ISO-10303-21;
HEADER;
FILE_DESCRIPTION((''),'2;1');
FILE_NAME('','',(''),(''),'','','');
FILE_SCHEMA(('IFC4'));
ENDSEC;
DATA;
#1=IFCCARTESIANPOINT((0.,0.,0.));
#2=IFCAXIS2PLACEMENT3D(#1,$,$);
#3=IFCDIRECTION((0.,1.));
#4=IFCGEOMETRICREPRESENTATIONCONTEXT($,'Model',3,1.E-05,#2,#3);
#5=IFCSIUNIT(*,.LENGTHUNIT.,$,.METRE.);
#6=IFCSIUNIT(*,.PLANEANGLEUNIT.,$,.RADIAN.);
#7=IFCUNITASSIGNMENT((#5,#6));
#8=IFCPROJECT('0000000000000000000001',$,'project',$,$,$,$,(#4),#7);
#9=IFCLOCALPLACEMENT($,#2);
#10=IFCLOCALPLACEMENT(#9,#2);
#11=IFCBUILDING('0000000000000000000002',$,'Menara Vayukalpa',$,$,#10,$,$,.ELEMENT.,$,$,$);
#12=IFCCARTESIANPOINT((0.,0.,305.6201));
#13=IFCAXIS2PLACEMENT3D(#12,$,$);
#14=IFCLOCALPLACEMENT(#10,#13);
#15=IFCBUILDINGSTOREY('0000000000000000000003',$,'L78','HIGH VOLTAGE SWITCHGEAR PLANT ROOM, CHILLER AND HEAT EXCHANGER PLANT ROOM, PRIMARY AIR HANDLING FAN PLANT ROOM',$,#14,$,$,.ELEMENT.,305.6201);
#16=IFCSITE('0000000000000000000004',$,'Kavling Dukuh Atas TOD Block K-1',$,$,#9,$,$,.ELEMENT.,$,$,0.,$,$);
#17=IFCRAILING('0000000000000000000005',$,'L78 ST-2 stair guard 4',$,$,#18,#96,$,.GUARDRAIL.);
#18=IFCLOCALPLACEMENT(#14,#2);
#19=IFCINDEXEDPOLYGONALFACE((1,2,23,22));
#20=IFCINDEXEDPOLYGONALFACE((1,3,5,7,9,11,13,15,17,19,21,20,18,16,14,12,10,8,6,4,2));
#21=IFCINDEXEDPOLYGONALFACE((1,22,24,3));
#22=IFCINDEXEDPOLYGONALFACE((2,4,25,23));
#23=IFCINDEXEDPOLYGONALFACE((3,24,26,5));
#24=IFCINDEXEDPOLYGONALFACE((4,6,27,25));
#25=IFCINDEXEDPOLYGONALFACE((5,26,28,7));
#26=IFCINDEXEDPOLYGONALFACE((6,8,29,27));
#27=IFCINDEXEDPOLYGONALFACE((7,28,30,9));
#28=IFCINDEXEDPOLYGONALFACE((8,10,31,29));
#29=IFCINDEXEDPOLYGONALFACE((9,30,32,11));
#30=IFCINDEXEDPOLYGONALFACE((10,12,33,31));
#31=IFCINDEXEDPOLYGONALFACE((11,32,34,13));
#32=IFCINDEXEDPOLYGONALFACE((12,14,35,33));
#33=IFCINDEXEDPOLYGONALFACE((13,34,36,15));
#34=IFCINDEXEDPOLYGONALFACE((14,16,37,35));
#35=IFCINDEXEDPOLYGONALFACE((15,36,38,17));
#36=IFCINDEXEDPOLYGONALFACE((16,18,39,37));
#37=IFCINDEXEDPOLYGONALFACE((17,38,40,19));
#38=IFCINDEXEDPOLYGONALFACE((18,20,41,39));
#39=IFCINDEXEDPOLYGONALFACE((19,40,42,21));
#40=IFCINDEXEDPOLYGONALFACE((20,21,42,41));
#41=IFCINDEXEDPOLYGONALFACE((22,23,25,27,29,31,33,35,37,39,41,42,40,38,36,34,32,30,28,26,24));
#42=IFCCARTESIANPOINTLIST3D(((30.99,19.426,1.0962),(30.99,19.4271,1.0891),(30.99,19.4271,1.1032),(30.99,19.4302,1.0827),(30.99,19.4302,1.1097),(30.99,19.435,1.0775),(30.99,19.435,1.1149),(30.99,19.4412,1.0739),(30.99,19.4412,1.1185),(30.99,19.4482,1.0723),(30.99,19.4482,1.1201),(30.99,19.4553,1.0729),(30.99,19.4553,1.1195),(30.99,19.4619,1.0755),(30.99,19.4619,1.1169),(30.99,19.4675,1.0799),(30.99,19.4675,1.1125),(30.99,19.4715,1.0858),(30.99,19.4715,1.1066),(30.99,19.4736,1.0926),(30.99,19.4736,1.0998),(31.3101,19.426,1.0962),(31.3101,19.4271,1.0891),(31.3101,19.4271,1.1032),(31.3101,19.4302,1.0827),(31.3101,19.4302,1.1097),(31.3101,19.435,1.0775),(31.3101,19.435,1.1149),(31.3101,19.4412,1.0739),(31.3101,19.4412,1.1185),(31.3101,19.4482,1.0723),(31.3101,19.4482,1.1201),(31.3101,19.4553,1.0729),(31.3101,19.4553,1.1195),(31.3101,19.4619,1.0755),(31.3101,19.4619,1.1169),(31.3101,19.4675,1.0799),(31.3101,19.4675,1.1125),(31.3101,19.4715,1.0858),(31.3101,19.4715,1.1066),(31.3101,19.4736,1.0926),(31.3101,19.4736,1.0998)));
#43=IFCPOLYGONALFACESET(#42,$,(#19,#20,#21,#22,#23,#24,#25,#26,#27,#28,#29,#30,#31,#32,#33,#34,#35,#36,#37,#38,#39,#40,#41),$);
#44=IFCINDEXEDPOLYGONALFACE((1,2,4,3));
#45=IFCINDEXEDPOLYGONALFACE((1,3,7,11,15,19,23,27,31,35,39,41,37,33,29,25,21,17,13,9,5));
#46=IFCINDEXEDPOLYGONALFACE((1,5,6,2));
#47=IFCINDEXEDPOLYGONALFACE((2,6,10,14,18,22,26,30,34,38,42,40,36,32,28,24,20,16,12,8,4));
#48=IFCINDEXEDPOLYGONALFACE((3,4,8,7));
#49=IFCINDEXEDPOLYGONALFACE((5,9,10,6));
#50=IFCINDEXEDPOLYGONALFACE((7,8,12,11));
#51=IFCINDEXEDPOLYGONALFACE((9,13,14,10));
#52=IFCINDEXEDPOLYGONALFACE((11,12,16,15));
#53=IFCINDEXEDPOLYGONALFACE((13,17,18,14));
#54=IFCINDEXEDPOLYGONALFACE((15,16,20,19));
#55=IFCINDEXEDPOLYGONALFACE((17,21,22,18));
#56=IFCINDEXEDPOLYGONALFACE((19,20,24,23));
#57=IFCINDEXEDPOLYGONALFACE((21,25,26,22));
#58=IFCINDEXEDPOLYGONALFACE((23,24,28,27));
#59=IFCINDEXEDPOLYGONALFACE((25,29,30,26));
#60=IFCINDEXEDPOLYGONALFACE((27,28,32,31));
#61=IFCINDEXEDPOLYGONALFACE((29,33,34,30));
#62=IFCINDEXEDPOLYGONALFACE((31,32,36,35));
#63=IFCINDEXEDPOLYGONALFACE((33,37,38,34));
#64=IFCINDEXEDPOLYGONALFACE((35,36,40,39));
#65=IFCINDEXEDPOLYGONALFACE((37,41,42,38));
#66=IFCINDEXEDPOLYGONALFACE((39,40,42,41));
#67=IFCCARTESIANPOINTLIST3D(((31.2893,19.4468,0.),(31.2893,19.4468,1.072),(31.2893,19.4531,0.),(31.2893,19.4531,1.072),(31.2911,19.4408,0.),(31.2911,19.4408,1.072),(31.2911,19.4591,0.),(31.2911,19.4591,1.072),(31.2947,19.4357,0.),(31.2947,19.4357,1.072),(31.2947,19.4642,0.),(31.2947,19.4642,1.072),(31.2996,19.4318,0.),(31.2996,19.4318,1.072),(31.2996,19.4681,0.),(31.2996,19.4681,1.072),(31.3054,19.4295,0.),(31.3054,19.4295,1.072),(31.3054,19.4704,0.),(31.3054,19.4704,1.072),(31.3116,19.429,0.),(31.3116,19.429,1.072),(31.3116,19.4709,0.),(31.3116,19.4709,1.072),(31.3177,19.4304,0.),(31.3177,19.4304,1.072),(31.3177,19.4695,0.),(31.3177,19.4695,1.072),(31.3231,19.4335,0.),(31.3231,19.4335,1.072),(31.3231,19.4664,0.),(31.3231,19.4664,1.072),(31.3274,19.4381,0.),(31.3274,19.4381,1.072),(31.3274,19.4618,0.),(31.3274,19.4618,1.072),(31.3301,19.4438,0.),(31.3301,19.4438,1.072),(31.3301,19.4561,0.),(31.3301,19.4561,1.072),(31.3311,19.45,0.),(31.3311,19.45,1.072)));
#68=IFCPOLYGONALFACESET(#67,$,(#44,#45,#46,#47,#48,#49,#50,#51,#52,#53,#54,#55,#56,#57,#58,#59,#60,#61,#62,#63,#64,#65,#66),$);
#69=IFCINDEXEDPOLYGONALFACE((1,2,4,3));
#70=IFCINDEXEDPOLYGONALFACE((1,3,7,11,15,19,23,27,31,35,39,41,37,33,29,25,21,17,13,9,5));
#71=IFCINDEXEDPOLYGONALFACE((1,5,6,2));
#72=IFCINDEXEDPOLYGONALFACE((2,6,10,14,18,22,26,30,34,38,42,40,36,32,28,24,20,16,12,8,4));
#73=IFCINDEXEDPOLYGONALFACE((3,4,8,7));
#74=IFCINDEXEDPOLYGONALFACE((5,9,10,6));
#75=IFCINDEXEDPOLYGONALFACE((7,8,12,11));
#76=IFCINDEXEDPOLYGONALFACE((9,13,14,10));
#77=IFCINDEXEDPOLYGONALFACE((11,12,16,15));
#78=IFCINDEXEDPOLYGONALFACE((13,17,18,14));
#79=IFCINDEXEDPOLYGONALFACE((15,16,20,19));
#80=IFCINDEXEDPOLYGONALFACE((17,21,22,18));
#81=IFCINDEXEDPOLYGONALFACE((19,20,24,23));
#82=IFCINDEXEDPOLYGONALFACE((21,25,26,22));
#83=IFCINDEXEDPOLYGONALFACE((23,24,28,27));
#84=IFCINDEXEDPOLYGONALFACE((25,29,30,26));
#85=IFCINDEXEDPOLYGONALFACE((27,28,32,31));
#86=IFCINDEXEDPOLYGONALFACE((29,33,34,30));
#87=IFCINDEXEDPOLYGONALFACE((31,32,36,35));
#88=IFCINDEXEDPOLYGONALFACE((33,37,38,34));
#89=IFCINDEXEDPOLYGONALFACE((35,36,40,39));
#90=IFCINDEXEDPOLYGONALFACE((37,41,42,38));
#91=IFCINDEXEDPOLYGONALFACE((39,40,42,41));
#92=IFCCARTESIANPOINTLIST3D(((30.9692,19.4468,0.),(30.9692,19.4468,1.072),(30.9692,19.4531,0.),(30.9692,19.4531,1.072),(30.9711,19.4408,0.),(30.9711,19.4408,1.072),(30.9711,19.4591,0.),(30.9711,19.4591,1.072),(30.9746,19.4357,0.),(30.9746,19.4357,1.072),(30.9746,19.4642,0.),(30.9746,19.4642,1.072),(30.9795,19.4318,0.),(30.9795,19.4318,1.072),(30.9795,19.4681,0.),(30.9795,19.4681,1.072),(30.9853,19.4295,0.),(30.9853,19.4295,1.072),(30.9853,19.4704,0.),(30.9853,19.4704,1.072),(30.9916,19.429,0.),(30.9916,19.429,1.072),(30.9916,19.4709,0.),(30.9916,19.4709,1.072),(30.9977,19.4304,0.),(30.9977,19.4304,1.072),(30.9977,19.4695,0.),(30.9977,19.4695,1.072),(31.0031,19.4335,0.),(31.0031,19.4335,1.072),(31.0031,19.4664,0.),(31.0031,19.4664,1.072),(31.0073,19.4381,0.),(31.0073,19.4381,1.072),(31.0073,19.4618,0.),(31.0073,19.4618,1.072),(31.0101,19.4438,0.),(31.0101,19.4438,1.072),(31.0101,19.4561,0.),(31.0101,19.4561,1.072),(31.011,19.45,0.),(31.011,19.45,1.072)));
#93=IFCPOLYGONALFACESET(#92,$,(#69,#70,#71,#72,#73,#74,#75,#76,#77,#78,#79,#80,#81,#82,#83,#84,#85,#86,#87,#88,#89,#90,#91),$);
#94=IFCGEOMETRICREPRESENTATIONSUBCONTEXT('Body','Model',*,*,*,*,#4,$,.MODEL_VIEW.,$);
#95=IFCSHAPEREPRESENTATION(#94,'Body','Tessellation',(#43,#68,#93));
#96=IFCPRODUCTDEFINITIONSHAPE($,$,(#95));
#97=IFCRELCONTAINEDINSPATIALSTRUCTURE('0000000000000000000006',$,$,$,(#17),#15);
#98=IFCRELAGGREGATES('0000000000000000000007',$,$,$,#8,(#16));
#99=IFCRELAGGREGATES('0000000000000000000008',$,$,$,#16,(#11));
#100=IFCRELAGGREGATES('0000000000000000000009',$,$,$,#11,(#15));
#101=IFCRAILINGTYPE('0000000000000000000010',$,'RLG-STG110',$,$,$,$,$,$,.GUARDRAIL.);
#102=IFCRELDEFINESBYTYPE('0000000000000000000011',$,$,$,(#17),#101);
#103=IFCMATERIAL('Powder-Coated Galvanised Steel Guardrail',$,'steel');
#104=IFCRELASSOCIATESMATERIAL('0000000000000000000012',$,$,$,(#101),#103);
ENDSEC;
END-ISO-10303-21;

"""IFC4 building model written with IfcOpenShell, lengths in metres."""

from ifc_helpers import new_model, si_unit, direction, frame, origin, origin_2d, place, context, subcontext, project, spatial, circle, extrude, material, type_object, element, save


model = new_model("IFC4")

# Units and contexts
model_context = context("Model", 3, precision=1e-05, world=origin(), true_north=direction((0.0, 1.0)))
body_context = subcontext(model_context, "Body", "Model", "MODEL_VIEW")
ifc_project = project(units=[si_unit("LENGTHUNIT", "METRE"), si_unit("PLANEANGLEUNIT", "RADIAN")], contexts=[model_context])

# Site, building, storey
site_placement = place(None, origin())
site = spatial("IfcSite", under=ifc_project, at=site_placement, Name="Kavling Dukuh Atas TOD Block K-1", CompositionType="ELEMENT", RefElevation=0.0)
building_placement = place(site_placement, origin())
building = spatial("IfcBuilding", under=site, at=building_placement, Name="Menara Vayukalpa", CompositionType="ELEMENT")
storey_placement = place(building_placement, frame((0.0, 0.0, 305.6201)))
storey = spatial("IfcBuildingStorey", under=building, at=storey_placement, Name="L78", Description="HIGH VOLTAGE SWITCHGEAR PLANT ROOM, CHILLER AND HEAT EXCHANGER PLANT ROOM, PRIMARY AIR HANDLING FAN PLANT ROOM", CompositionType="ELEMENT", Elevation=305.6201)

# Railing
ifc_material_1 = material(Name="Powder-Coated Galvanised Steel Guardrail", Category="steel")
railing_type_1 = type_object("IfcRailingType", Name="RLG-STG110", PredefinedType="GUARDRAIL", material=ifc_material_1)
railing_1_placement = place(storey_placement, frame((31.3101, 19.45, 0.0)))
element("IfcRailing", 1, at=railing_1_placement, inside=storey, type_object=railing_type_1, Name="L78 ST-2 stair guard 4", PredefinedType="GUARDRAIL", context=body_context, shape_type="SweptSolid", body=[
    extrude(circle(Radius=0.0239, at=origin_2d()), frame((0.0, 0.0, 1.0962), z_axis=(-1.0, 0.0, 0.0), x_axis=(0.0, -1.0, 0.0)), (0.0, 0.0, 1.0), 0.3201),
    extrude(circle(Radius=0.021, at=origin_2d()), origin(), (0.0, 0.0, 1.0), 1.072),
    extrude(circle(Radius=0.021, at=origin_2d()), frame((-0.3201, 0.0, 0.0)), (0.0, 0.0, 1.0), 1.072),
])

save(model, "model.ifc")
